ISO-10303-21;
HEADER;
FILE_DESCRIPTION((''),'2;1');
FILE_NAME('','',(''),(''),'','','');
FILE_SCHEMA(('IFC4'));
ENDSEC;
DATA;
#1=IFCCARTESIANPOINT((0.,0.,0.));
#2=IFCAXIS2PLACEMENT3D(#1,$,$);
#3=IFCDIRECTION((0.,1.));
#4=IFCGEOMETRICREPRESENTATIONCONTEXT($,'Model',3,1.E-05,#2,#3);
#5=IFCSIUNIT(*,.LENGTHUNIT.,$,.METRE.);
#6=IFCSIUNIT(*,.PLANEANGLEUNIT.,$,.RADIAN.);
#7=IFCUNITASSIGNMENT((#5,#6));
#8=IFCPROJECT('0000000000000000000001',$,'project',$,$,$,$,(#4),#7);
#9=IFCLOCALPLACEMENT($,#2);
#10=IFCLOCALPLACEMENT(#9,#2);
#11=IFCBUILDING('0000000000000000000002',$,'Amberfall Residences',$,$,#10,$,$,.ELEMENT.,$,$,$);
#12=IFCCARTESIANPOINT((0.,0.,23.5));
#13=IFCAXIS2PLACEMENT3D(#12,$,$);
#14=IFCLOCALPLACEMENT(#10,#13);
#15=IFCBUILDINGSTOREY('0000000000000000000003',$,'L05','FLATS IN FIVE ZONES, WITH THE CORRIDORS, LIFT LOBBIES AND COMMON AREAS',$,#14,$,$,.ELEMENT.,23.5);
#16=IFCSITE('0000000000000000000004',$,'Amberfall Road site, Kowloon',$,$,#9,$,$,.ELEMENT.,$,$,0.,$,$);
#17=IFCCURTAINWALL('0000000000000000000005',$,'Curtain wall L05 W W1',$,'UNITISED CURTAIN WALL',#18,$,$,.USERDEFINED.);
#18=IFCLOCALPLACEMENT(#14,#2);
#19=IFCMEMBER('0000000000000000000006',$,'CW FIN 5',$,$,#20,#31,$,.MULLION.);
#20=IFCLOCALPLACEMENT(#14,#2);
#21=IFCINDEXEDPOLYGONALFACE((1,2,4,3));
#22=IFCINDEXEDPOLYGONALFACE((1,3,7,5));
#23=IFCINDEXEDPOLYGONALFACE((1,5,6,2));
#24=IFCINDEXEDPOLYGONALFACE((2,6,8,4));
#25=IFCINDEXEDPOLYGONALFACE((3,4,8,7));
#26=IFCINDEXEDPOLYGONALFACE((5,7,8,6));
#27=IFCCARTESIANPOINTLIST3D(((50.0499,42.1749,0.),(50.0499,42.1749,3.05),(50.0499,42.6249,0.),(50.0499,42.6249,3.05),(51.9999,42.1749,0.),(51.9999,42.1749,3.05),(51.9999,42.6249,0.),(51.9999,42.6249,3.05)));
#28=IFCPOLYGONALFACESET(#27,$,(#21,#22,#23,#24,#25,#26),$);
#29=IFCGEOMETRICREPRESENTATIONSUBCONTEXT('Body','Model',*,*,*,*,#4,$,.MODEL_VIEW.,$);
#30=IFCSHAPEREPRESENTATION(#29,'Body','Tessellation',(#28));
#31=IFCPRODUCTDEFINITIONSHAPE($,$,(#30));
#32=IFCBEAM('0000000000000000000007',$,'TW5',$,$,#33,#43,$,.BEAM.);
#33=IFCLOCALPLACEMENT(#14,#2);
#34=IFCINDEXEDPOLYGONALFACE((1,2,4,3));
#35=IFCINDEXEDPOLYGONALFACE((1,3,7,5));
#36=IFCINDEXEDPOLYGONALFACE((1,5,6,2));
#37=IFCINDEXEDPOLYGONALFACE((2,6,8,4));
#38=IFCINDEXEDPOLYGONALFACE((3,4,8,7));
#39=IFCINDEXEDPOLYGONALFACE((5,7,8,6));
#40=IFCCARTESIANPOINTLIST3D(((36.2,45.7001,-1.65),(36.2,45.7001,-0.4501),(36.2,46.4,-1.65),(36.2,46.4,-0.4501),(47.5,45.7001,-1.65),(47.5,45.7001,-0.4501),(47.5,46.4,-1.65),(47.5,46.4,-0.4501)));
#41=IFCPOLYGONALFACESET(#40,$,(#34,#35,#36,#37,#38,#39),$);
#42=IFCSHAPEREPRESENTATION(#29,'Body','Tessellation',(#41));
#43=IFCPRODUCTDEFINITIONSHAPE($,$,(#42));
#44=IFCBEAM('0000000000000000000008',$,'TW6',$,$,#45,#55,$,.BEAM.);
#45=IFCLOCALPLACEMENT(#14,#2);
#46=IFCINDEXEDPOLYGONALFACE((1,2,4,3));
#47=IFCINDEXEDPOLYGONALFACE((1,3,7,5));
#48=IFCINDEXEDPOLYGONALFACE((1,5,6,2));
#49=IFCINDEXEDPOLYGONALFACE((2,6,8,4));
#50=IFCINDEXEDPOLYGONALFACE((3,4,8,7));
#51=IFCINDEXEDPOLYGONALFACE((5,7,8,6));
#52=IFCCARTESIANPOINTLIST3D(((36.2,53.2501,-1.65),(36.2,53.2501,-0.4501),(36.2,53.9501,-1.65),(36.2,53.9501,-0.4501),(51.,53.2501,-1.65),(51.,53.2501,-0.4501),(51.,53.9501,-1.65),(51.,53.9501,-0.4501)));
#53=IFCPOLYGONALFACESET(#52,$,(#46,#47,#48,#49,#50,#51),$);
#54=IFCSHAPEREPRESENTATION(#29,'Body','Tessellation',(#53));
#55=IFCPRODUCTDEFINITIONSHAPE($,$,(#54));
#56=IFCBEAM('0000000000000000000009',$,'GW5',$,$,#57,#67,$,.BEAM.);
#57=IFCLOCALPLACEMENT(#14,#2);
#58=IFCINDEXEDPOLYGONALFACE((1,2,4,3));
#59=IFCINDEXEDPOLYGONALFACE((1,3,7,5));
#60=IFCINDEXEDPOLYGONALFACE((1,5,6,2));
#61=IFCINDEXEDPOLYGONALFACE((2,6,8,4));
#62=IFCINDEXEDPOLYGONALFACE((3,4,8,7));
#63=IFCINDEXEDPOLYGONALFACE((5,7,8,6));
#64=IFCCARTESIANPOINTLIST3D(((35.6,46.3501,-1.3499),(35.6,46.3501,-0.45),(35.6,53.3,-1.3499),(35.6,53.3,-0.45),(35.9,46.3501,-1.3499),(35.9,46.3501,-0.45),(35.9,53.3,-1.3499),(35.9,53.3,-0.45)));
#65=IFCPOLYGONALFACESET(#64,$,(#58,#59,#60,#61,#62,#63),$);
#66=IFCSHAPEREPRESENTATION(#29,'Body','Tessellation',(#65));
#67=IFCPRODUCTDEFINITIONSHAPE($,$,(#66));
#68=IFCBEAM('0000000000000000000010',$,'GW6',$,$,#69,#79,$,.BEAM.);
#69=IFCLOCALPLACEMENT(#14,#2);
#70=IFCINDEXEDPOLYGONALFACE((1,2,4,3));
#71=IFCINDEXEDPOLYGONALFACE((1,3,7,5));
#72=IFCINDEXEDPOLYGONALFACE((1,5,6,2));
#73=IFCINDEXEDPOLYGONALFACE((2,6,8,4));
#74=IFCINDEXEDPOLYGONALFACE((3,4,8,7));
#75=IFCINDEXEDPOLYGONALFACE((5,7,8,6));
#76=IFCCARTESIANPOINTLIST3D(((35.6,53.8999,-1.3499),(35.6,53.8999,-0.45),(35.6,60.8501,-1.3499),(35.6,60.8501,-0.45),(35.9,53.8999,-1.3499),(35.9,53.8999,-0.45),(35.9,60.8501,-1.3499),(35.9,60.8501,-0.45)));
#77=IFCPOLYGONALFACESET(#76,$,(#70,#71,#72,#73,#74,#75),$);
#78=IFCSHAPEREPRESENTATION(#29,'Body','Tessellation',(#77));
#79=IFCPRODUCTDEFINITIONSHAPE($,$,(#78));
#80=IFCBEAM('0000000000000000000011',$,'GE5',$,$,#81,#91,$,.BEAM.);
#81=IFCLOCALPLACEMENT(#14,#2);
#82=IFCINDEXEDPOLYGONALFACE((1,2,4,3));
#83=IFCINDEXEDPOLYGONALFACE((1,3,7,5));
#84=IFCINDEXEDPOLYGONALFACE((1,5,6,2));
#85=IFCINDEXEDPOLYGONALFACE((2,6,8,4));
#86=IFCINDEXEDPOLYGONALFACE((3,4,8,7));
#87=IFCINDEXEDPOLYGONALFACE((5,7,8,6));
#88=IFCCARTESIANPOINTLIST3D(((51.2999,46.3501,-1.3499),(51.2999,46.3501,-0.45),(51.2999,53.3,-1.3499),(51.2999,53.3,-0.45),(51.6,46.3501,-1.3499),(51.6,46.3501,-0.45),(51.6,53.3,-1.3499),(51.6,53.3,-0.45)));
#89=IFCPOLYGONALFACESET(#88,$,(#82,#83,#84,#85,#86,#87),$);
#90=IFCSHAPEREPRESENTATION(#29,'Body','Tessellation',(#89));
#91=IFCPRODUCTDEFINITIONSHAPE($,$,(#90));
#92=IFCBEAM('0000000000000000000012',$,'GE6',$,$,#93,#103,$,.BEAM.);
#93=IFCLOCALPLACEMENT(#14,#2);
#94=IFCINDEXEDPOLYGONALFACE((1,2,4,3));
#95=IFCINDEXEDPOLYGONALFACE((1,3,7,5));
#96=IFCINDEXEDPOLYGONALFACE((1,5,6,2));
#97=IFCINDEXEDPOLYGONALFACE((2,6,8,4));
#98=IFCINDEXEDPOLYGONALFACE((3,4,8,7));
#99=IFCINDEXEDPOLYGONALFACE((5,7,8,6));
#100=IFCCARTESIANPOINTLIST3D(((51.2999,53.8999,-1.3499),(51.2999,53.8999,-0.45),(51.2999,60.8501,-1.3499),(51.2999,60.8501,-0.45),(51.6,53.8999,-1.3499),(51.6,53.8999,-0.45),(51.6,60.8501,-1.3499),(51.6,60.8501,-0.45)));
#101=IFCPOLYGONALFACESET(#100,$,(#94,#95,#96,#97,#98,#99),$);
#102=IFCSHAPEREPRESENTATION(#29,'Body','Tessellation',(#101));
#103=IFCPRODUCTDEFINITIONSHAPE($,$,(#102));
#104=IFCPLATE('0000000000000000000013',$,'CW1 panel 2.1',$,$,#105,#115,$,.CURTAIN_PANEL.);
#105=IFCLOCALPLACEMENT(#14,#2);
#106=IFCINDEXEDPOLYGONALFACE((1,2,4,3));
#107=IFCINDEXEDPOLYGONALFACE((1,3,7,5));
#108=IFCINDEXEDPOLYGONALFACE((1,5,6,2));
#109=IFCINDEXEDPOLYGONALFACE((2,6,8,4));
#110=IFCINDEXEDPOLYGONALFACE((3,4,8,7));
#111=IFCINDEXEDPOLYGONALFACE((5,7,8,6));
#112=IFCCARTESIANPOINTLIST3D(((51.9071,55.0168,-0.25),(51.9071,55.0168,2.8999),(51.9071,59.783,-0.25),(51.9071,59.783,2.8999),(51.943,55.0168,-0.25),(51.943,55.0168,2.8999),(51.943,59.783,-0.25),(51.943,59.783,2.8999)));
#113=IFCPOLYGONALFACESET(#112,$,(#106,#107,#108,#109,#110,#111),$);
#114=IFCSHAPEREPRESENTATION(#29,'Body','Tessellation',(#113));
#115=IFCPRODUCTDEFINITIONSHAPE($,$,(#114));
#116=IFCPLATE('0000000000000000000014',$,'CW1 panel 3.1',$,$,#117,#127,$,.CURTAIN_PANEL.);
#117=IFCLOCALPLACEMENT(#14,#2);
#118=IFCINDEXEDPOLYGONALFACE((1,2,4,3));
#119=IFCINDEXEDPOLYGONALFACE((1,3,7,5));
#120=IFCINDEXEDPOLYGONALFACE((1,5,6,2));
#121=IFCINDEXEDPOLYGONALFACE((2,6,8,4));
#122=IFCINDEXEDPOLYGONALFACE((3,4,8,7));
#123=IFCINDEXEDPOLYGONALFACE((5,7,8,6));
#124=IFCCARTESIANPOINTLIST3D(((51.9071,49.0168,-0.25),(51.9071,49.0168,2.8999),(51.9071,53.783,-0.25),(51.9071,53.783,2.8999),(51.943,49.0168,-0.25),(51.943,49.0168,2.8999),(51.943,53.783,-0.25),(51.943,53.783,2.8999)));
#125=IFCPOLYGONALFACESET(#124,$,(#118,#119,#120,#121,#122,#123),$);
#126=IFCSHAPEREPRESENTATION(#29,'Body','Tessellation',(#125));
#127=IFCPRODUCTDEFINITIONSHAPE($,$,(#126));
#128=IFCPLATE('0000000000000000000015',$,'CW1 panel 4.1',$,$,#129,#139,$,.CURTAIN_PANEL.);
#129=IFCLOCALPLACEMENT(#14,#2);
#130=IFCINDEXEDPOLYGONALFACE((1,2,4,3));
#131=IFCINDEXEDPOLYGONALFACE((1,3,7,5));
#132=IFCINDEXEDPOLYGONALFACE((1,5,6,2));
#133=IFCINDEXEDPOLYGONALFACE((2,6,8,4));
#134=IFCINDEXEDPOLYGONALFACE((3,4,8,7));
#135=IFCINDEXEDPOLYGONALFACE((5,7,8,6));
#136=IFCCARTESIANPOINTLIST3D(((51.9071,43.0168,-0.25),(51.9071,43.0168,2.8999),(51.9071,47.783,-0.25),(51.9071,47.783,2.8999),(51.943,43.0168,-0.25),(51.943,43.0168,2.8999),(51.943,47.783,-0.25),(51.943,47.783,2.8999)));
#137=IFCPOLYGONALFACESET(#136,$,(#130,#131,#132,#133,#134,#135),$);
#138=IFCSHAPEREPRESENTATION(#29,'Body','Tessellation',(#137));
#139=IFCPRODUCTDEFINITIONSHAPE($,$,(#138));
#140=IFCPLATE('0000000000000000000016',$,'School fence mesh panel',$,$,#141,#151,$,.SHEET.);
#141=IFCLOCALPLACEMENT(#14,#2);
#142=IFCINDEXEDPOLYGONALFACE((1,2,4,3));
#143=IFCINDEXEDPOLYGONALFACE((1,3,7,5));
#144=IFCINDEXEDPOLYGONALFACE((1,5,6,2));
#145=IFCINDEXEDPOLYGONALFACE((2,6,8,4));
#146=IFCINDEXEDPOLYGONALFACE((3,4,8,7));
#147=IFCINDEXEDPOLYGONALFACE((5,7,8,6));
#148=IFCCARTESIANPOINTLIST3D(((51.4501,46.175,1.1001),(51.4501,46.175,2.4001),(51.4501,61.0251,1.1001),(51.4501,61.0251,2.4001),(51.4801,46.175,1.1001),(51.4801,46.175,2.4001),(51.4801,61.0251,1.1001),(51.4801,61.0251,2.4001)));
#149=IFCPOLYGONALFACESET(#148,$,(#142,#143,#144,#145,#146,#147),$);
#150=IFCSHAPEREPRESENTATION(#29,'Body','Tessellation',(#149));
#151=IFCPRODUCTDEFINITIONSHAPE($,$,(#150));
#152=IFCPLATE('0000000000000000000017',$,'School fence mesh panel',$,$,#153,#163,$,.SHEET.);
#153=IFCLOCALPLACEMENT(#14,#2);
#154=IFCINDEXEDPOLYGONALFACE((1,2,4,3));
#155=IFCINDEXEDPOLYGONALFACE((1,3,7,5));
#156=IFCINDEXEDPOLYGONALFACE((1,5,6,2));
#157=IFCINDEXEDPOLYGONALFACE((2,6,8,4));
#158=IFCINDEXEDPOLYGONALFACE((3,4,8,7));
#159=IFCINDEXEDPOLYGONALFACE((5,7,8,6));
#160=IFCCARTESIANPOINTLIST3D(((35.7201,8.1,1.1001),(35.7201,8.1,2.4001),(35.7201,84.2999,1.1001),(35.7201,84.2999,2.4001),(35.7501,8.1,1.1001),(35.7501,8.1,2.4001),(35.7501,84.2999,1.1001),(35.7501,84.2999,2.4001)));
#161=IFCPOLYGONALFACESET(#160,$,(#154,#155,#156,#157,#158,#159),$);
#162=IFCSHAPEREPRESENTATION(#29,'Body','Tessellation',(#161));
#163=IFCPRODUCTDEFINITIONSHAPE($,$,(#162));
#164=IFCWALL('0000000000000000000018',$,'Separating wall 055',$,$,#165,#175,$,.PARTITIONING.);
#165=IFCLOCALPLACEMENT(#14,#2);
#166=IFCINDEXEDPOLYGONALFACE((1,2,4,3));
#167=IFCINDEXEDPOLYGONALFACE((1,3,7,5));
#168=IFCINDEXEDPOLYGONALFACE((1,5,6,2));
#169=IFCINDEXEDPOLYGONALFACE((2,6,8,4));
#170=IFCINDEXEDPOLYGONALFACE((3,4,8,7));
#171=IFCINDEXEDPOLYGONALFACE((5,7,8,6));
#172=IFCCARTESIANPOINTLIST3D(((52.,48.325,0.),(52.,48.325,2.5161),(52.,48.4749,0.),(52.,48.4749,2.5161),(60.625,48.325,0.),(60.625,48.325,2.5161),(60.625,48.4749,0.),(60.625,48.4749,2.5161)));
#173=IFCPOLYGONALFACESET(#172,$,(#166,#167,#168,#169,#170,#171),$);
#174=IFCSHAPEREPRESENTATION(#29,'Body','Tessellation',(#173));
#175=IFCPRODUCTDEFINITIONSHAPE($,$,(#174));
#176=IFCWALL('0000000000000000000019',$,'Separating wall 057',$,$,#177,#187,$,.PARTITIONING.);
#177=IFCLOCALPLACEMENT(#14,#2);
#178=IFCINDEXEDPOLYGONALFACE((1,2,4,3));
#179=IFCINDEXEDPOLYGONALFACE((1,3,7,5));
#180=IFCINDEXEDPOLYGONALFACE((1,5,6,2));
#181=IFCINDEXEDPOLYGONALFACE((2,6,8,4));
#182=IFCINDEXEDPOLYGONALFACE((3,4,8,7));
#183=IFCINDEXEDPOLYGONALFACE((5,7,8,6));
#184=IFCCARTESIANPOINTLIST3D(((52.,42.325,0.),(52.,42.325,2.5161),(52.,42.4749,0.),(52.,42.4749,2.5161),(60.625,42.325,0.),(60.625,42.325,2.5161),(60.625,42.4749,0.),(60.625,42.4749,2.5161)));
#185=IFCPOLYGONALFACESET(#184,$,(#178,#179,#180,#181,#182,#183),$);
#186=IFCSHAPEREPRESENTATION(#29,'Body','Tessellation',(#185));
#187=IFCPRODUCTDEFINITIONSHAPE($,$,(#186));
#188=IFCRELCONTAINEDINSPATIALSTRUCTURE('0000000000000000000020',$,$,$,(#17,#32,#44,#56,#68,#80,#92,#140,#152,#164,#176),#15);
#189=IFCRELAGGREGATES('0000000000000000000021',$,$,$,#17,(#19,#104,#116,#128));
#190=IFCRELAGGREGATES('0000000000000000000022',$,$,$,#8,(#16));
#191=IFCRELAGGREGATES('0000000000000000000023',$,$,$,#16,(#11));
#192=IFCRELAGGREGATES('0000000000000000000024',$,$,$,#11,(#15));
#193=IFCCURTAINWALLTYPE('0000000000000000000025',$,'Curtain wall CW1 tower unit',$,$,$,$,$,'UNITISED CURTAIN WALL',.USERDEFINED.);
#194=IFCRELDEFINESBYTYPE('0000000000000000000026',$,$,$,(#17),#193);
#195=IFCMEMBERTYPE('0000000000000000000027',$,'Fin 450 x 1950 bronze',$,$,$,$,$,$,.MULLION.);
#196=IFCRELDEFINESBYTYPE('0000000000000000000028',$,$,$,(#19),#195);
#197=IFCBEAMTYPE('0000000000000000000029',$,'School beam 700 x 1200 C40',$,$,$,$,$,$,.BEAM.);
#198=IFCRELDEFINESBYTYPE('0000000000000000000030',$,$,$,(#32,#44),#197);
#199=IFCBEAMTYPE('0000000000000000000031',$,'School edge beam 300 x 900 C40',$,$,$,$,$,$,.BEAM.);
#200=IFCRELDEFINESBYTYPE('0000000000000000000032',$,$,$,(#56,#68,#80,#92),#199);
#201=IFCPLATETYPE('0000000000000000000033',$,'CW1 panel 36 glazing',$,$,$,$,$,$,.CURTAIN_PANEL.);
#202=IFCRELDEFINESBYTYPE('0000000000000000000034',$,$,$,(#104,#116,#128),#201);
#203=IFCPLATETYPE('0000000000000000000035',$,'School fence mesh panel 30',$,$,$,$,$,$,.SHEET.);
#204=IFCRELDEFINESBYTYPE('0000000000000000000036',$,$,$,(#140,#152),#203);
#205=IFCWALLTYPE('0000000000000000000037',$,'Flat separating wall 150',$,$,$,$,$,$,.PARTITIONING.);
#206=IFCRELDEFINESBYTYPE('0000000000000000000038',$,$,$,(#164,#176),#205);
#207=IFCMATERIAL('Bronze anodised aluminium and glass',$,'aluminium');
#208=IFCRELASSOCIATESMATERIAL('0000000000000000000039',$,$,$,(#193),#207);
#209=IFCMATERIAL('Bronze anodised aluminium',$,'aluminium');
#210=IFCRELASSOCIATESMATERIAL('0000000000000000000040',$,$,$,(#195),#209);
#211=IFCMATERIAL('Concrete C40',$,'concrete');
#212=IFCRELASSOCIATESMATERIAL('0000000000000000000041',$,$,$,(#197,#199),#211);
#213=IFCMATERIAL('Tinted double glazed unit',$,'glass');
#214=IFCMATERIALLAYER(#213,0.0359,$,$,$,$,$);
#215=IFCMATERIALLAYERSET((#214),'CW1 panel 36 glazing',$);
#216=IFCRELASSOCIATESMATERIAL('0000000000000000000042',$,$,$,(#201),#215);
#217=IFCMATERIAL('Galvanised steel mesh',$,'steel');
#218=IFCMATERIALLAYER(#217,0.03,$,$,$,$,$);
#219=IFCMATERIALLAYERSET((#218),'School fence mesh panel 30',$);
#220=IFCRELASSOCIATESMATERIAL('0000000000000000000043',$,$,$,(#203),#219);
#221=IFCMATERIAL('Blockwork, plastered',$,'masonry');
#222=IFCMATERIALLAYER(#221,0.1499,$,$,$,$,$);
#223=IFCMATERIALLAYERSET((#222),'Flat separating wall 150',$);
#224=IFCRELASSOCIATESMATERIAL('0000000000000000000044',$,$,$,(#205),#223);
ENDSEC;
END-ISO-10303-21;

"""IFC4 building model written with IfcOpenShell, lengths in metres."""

from ifc_helpers import new_model, si_unit, direction, frame, frame_2d, origin, origin_2d, place, context, subcontext, project, spatial, rectangle, extrude, material, layer, layer_set, material_profile, profile_set, type_object, element, aggregate, save


model = new_model("IFC4")

# Units and contexts
model_context = context("Model", 3, precision=1e-05, world=origin(), true_north=direction((0.0, 1.0)))
body_context = subcontext(model_context, "Body", "Model", "MODEL_VIEW")
ifc_project = project(units=[si_unit("LENGTHUNIT", "METRE"), si_unit("PLANEANGLEUNIT", "RADIAN")], contexts=[model_context])

# Site, building, storey
site_placement = place(None, origin())
site = spatial("IfcSite", under=ifc_project, at=site_placement, Name="Amberfall Road site, Kowloon", CompositionType="ELEMENT", RefElevation=0.0)
building_placement = place(site_placement, origin())
building = spatial("IfcBuilding", under=site, at=building_placement, Name="Amberfall Residences", CompositionType="ELEMENT")
storey_placement = place(building_placement, frame((0.0, 0.0, 23.5)))
storey = spatial("IfcBuildingStorey", under=building, at=storey_placement, Name="L05", Description="FLATS IN FIVE ZONES, WITH THE CORRIDORS, LIFT LOBBIES AND COMMON AREAS", CompositionType="ELEMENT", Elevation=23.5)

# Curtain wall
ifc_material_1 = material(Name="Bronze anodised aluminium and glass", Category="aluminium")
curtain_wall_type = type_object("IfcCurtainWallType", Name="Curtain wall CW1 tower unit", ElementType="UNITISED CURTAIN WALL", PredefinedType="USERDEFINED", material=ifc_material_1)
curtain_wall_placement = place(storey_placement, origin())
curtain_wall = element("IfcCurtainWall", 1, at=curtain_wall_placement, inside=storey, type_object=curtain_wall_type, Name="Curtain wall L05 W W1", ObjectType="UNITISED CURTAIN WALL", PredefinedType="USERDEFINED")
ifc_material_2 = material(Name="Bronze anodised aluminium", Category="aluminium")

# Member
ifc_material_profile_1 = material_profile(ifc_material_2, rectangle(XDim=1.95, YDim=0.45, at=origin_2d()), Name="Fin 450 x 1950 bronze")
ifc_profile_set_1 = profile_set([ifc_material_profile_1], Name="Bronze anodised aluminium")
member_type_1 = type_object("IfcMemberType", Name="Fin 450 x 1950 bronze", PredefinedType="MULLION", material=ifc_profile_set_1)
member_1_placement = place(storey_placement, frame((51.0249, 42.3999, 0.0), z_axis=(0.0, 0.0, 1.0), x_axis=(1.0, 0.0, 0.0)))
member_1 = element("IfcMember", 2, at=member_1_placement, type_object=member_type_1, Name="CW FIN 5", PredefinedType="MULLION", context=body_context, shape_type="SweptSolid", body=[
    extrude(rectangle(XDim=1.95, YDim=0.45, at=origin_2d()), origin(), (0.0, 0.0, 1.0), 3.05),
])

# Beams
ifc_material_3 = material(Name="Concrete C40", Category="concrete")
ifc_material_profile_2 = material_profile(ifc_material_3, rectangle(XDim=0.7, YDim=1.2, at=origin_2d()), Name="School beam 700 x 1200 C40")
ifc_profile_set_2 = profile_set([ifc_material_profile_2], Name="Concrete C40")
beam_type_1 = type_object("IfcBeamType", Name="School beam 700 x 1200 C40", PredefinedType="BEAM", material=ifc_profile_set_2)
beam_1_placement = place(storey_placement, frame((36.2, 46.05, -1.05), z_axis=(1.0, 0.0, 0.0), x_axis=(0.0, 1.0, 0.0)))
element("IfcBeam", 3, at=beam_1_placement, inside=storey, type_object=beam_type_1, Name="TW5", PredefinedType="BEAM", context=body_context, shape_type="SweptSolid", body=[
    extrude(rectangle(XDim=0.7, YDim=1.2, at=origin_2d()), origin(), (0.0, 0.0, 1.0), 11.3),
])
beam_2_placement = place(storey_placement, frame((36.2, 53.6001, -1.05), z_axis=(1.0, 0.0, 0.0), x_axis=(0.0, 1.0, 0.0)))
element("IfcBeam", 4, at=beam_2_placement, inside=storey, type_object=beam_type_1, Name="TW6", PredefinedType="BEAM", context=body_context, shape_type="SweptSolid", body=[
    extrude(rectangle(XDim=0.7, YDim=1.2, at=origin_2d()), origin(), (0.0, 0.0, 1.0), 14.8),
])
ifc_material_profile_3 = material_profile(ifc_material_3, rectangle(XDim=0.3, YDim=0.8999, at=origin_2d()), Name="School edge beam 300 x 900 C40")
ifc_profile_set_3 = profile_set([ifc_material_profile_3], Name="Concrete C40")
beam_type_2 = type_object("IfcBeamType", Name="School edge beam 300 x 900 C40", PredefinedType="BEAM", material=ifc_profile_set_3)
beam_3_placement = place(storey_placement, frame((35.75, 46.3501, -0.8999), z_axis=(0.0, 1.0, 0.0), x_axis=(-1.0, 0.0, 0.0)))
element("IfcBeam", 5, at=beam_3_placement, inside=storey, type_object=beam_type_2, Name="GW5", PredefinedType="BEAM", context=body_context, shape_type="SweptSolid", body=[
    extrude(rectangle(XDim=0.3, YDim=0.8999, at=origin_2d()), origin(), (0.0, 0.0, 1.0), 6.95),
])
beam_4_placement = place(storey_placement, frame((35.75, 53.8999, -0.8999), z_axis=(0.0, 1.0, 0.0), x_axis=(-1.0, 0.0, 0.0)))
element("IfcBeam", 6, at=beam_4_placement, inside=storey, type_object=beam_type_2, Name="GW6", PredefinedType="BEAM", context=body_context, shape_type="SweptSolid", body=[
    extrude(rectangle(XDim=0.3, YDim=0.8999, at=origin_2d()), origin(), (0.0, 0.0, 1.0), 6.9502),
])
beam_5_placement = place(storey_placement, frame((51.45, 46.3501, -0.8999), z_axis=(0.0, 1.0, 0.0), x_axis=(-1.0, 0.0, 0.0)))
element("IfcBeam", 7, at=beam_5_placement, inside=storey, type_object=beam_type_2, Name="GE5", PredefinedType="BEAM", context=body_context, shape_type="SweptSolid", body=[
    extrude(rectangle(XDim=0.3, YDim=0.8999, at=origin_2d()), origin(), (0.0, 0.0, 1.0), 6.95),
])
beam_6_placement = place(storey_placement, frame((51.45, 53.8999, -0.8999), z_axis=(0.0, 1.0, 0.0), x_axis=(-1.0, 0.0, 0.0)))
element("IfcBeam", 8, at=beam_6_placement, inside=storey, type_object=beam_type_2, Name="GE6", PredefinedType="BEAM", context=body_context, shape_type="SweptSolid", body=[
    extrude(rectangle(XDim=0.3, YDim=0.8999, at=origin_2d()), origin(), (0.0, 0.0, 1.0), 6.9502),
])

# Plates
ifc_material_4 = material(Name="Tinted double glazed unit", Category="glass")
ifc_layer_1 = layer(ifc_material_4, 0.0359)
ifc_layer_set_1 = layer_set([ifc_layer_1], Name="CW1 panel 36 glazing")
plate_type_1 = type_object("IfcPlateType", Name="CW1 panel 36 glazing", PredefinedType="CURTAIN_PANEL", material=ifc_layer_set_1)
plate_1_placement = place(storey_placement, frame((51.925, 57.3999, -0.25), z_axis=(0.0, 0.0, 1.0), x_axis=(0.0, -1.0, 0.0)))
plate_1 = element("IfcPlate", 9, at=plate_1_placement, type_object=plate_type_1, Name="CW1 panel 2.1", PredefinedType="CURTAIN_PANEL", context=body_context, shape_type="SweptSolid", body=[
    extrude(rectangle(XDim=4.7661, YDim=0.0359, at=origin_2d()), origin(), (0.0, 0.0, 1.0), 3.1499),
])
plate_2_placement = place(storey_placement, frame((51.925, 51.3999, -0.25), z_axis=(0.0, 0.0, 1.0), x_axis=(0.0, -1.0, 0.0)))
plate_2 = element("IfcPlate", 10, at=plate_2_placement, type_object=plate_type_1, Name="CW1 panel 3.1", PredefinedType="CURTAIN_PANEL", context=body_context, shape_type="SweptSolid", body=[
    extrude(rectangle(XDim=4.7661, YDim=0.0359, at=origin_2d()), origin(), (0.0, 0.0, 1.0), 3.1499),
])
plate_3_placement = place(storey_placement, frame((51.925, 45.3999, -0.25), z_axis=(0.0, 0.0, 1.0), x_axis=(0.0, -1.0, 0.0)))
plate_3 = element("IfcPlate", 11, at=plate_3_placement, type_object=plate_type_1, Name="CW1 panel 4.1", PredefinedType="CURTAIN_PANEL", context=body_context, shape_type="SweptSolid", body=[
    extrude(rectangle(XDim=4.7661, YDim=0.0359, at=origin_2d()), origin(), (0.0, 0.0, 1.0), 3.1499),
])
aggregate(curtain_wall, [member_1, plate_1, plate_2, plate_3])

# Plates
ifc_material_5 = material(Name="Galvanised steel mesh", Category="steel")
ifc_layer_2 = layer(ifc_material_5, 0.03)
ifc_layer_set_2 = layer_set([ifc_layer_2], Name="School fence mesh panel 30")
plate_type_2 = type_object("IfcPlateType", Name="School fence mesh panel 30", PredefinedType="SHEET", material=ifc_layer_set_2)
plate_4_placement = place(storey_placement, frame((51.4651, 53.6001, 1.1001), z_axis=(0.0, 0.0, 1.0), x_axis=(0.0, 1.0, 0.0)))
element("IfcPlate", 12, at=plate_4_placement, inside=storey, type_object=plate_type_2, Name="School fence mesh panel", PredefinedType="SHEET", context=body_context, shape_type="SweptSolid", body=[
    extrude(rectangle(XDim=14.8501, YDim=0.03, at=origin_2d()), origin(), (0.0, 0.0, 1.0), 1.3),
])
plate_5_placement = place(storey_placement, frame((35.7351, 46.2, 1.1001), z_axis=(0.0, 0.0, 1.0), x_axis=(0.0, -1.0, 0.0)))
element("IfcPlate", 13, at=plate_5_placement, inside=storey, type_object=plate_type_2, Name="School fence mesh panel", PredefinedType="SHEET", context=body_context, shape_type="SweptSolid", body=[
    extrude(rectangle(XDim=76.2, YDim=0.03, at=origin_2d()), origin(), (0.0, 0.0, 1.0), 1.3),
])

# Walls
ifc_material_6 = material(Name="Blockwork, plastered", Category="masonry")
ifc_layer_3 = layer(ifc_material_6, 0.1499)
ifc_layer_set_3 = layer_set([ifc_layer_3], Name="Flat separating wall 150")
wall_type_1 = type_object("IfcWallType", Name="Flat separating wall 150", PredefinedType="PARTITIONING", material=ifc_layer_set_3)
for number, where, z_axis, x_axis, name in (
    (14, (52.0, 48.3999, 0.0), (0.0, 0.0, 1.0), (1.0, 0.0, 0.0), "Separating wall 055"),
    (15, (52.0, 42.3999, 0.0), (0.0, 0.0, 1.0), (1.0, 0.0, 0.0), "Separating wall 057"),
):
    element("IfcWall", number, at=place(storey_placement, frame(where, z_axis=z_axis, x_axis=x_axis)), inside=storey, type_object=wall_type_1, Name=name, PredefinedType="PARTITIONING", context=body_context, shape_type="SweptSolid", body=[
        extrude(rectangle(XDim=8.625, YDim=0.1499, at=frame_2d((4.3125, 0.0))), origin(), (0.0, 0.0, 1.0), 2.5161),
    ])

save(model, "model.ifc")
